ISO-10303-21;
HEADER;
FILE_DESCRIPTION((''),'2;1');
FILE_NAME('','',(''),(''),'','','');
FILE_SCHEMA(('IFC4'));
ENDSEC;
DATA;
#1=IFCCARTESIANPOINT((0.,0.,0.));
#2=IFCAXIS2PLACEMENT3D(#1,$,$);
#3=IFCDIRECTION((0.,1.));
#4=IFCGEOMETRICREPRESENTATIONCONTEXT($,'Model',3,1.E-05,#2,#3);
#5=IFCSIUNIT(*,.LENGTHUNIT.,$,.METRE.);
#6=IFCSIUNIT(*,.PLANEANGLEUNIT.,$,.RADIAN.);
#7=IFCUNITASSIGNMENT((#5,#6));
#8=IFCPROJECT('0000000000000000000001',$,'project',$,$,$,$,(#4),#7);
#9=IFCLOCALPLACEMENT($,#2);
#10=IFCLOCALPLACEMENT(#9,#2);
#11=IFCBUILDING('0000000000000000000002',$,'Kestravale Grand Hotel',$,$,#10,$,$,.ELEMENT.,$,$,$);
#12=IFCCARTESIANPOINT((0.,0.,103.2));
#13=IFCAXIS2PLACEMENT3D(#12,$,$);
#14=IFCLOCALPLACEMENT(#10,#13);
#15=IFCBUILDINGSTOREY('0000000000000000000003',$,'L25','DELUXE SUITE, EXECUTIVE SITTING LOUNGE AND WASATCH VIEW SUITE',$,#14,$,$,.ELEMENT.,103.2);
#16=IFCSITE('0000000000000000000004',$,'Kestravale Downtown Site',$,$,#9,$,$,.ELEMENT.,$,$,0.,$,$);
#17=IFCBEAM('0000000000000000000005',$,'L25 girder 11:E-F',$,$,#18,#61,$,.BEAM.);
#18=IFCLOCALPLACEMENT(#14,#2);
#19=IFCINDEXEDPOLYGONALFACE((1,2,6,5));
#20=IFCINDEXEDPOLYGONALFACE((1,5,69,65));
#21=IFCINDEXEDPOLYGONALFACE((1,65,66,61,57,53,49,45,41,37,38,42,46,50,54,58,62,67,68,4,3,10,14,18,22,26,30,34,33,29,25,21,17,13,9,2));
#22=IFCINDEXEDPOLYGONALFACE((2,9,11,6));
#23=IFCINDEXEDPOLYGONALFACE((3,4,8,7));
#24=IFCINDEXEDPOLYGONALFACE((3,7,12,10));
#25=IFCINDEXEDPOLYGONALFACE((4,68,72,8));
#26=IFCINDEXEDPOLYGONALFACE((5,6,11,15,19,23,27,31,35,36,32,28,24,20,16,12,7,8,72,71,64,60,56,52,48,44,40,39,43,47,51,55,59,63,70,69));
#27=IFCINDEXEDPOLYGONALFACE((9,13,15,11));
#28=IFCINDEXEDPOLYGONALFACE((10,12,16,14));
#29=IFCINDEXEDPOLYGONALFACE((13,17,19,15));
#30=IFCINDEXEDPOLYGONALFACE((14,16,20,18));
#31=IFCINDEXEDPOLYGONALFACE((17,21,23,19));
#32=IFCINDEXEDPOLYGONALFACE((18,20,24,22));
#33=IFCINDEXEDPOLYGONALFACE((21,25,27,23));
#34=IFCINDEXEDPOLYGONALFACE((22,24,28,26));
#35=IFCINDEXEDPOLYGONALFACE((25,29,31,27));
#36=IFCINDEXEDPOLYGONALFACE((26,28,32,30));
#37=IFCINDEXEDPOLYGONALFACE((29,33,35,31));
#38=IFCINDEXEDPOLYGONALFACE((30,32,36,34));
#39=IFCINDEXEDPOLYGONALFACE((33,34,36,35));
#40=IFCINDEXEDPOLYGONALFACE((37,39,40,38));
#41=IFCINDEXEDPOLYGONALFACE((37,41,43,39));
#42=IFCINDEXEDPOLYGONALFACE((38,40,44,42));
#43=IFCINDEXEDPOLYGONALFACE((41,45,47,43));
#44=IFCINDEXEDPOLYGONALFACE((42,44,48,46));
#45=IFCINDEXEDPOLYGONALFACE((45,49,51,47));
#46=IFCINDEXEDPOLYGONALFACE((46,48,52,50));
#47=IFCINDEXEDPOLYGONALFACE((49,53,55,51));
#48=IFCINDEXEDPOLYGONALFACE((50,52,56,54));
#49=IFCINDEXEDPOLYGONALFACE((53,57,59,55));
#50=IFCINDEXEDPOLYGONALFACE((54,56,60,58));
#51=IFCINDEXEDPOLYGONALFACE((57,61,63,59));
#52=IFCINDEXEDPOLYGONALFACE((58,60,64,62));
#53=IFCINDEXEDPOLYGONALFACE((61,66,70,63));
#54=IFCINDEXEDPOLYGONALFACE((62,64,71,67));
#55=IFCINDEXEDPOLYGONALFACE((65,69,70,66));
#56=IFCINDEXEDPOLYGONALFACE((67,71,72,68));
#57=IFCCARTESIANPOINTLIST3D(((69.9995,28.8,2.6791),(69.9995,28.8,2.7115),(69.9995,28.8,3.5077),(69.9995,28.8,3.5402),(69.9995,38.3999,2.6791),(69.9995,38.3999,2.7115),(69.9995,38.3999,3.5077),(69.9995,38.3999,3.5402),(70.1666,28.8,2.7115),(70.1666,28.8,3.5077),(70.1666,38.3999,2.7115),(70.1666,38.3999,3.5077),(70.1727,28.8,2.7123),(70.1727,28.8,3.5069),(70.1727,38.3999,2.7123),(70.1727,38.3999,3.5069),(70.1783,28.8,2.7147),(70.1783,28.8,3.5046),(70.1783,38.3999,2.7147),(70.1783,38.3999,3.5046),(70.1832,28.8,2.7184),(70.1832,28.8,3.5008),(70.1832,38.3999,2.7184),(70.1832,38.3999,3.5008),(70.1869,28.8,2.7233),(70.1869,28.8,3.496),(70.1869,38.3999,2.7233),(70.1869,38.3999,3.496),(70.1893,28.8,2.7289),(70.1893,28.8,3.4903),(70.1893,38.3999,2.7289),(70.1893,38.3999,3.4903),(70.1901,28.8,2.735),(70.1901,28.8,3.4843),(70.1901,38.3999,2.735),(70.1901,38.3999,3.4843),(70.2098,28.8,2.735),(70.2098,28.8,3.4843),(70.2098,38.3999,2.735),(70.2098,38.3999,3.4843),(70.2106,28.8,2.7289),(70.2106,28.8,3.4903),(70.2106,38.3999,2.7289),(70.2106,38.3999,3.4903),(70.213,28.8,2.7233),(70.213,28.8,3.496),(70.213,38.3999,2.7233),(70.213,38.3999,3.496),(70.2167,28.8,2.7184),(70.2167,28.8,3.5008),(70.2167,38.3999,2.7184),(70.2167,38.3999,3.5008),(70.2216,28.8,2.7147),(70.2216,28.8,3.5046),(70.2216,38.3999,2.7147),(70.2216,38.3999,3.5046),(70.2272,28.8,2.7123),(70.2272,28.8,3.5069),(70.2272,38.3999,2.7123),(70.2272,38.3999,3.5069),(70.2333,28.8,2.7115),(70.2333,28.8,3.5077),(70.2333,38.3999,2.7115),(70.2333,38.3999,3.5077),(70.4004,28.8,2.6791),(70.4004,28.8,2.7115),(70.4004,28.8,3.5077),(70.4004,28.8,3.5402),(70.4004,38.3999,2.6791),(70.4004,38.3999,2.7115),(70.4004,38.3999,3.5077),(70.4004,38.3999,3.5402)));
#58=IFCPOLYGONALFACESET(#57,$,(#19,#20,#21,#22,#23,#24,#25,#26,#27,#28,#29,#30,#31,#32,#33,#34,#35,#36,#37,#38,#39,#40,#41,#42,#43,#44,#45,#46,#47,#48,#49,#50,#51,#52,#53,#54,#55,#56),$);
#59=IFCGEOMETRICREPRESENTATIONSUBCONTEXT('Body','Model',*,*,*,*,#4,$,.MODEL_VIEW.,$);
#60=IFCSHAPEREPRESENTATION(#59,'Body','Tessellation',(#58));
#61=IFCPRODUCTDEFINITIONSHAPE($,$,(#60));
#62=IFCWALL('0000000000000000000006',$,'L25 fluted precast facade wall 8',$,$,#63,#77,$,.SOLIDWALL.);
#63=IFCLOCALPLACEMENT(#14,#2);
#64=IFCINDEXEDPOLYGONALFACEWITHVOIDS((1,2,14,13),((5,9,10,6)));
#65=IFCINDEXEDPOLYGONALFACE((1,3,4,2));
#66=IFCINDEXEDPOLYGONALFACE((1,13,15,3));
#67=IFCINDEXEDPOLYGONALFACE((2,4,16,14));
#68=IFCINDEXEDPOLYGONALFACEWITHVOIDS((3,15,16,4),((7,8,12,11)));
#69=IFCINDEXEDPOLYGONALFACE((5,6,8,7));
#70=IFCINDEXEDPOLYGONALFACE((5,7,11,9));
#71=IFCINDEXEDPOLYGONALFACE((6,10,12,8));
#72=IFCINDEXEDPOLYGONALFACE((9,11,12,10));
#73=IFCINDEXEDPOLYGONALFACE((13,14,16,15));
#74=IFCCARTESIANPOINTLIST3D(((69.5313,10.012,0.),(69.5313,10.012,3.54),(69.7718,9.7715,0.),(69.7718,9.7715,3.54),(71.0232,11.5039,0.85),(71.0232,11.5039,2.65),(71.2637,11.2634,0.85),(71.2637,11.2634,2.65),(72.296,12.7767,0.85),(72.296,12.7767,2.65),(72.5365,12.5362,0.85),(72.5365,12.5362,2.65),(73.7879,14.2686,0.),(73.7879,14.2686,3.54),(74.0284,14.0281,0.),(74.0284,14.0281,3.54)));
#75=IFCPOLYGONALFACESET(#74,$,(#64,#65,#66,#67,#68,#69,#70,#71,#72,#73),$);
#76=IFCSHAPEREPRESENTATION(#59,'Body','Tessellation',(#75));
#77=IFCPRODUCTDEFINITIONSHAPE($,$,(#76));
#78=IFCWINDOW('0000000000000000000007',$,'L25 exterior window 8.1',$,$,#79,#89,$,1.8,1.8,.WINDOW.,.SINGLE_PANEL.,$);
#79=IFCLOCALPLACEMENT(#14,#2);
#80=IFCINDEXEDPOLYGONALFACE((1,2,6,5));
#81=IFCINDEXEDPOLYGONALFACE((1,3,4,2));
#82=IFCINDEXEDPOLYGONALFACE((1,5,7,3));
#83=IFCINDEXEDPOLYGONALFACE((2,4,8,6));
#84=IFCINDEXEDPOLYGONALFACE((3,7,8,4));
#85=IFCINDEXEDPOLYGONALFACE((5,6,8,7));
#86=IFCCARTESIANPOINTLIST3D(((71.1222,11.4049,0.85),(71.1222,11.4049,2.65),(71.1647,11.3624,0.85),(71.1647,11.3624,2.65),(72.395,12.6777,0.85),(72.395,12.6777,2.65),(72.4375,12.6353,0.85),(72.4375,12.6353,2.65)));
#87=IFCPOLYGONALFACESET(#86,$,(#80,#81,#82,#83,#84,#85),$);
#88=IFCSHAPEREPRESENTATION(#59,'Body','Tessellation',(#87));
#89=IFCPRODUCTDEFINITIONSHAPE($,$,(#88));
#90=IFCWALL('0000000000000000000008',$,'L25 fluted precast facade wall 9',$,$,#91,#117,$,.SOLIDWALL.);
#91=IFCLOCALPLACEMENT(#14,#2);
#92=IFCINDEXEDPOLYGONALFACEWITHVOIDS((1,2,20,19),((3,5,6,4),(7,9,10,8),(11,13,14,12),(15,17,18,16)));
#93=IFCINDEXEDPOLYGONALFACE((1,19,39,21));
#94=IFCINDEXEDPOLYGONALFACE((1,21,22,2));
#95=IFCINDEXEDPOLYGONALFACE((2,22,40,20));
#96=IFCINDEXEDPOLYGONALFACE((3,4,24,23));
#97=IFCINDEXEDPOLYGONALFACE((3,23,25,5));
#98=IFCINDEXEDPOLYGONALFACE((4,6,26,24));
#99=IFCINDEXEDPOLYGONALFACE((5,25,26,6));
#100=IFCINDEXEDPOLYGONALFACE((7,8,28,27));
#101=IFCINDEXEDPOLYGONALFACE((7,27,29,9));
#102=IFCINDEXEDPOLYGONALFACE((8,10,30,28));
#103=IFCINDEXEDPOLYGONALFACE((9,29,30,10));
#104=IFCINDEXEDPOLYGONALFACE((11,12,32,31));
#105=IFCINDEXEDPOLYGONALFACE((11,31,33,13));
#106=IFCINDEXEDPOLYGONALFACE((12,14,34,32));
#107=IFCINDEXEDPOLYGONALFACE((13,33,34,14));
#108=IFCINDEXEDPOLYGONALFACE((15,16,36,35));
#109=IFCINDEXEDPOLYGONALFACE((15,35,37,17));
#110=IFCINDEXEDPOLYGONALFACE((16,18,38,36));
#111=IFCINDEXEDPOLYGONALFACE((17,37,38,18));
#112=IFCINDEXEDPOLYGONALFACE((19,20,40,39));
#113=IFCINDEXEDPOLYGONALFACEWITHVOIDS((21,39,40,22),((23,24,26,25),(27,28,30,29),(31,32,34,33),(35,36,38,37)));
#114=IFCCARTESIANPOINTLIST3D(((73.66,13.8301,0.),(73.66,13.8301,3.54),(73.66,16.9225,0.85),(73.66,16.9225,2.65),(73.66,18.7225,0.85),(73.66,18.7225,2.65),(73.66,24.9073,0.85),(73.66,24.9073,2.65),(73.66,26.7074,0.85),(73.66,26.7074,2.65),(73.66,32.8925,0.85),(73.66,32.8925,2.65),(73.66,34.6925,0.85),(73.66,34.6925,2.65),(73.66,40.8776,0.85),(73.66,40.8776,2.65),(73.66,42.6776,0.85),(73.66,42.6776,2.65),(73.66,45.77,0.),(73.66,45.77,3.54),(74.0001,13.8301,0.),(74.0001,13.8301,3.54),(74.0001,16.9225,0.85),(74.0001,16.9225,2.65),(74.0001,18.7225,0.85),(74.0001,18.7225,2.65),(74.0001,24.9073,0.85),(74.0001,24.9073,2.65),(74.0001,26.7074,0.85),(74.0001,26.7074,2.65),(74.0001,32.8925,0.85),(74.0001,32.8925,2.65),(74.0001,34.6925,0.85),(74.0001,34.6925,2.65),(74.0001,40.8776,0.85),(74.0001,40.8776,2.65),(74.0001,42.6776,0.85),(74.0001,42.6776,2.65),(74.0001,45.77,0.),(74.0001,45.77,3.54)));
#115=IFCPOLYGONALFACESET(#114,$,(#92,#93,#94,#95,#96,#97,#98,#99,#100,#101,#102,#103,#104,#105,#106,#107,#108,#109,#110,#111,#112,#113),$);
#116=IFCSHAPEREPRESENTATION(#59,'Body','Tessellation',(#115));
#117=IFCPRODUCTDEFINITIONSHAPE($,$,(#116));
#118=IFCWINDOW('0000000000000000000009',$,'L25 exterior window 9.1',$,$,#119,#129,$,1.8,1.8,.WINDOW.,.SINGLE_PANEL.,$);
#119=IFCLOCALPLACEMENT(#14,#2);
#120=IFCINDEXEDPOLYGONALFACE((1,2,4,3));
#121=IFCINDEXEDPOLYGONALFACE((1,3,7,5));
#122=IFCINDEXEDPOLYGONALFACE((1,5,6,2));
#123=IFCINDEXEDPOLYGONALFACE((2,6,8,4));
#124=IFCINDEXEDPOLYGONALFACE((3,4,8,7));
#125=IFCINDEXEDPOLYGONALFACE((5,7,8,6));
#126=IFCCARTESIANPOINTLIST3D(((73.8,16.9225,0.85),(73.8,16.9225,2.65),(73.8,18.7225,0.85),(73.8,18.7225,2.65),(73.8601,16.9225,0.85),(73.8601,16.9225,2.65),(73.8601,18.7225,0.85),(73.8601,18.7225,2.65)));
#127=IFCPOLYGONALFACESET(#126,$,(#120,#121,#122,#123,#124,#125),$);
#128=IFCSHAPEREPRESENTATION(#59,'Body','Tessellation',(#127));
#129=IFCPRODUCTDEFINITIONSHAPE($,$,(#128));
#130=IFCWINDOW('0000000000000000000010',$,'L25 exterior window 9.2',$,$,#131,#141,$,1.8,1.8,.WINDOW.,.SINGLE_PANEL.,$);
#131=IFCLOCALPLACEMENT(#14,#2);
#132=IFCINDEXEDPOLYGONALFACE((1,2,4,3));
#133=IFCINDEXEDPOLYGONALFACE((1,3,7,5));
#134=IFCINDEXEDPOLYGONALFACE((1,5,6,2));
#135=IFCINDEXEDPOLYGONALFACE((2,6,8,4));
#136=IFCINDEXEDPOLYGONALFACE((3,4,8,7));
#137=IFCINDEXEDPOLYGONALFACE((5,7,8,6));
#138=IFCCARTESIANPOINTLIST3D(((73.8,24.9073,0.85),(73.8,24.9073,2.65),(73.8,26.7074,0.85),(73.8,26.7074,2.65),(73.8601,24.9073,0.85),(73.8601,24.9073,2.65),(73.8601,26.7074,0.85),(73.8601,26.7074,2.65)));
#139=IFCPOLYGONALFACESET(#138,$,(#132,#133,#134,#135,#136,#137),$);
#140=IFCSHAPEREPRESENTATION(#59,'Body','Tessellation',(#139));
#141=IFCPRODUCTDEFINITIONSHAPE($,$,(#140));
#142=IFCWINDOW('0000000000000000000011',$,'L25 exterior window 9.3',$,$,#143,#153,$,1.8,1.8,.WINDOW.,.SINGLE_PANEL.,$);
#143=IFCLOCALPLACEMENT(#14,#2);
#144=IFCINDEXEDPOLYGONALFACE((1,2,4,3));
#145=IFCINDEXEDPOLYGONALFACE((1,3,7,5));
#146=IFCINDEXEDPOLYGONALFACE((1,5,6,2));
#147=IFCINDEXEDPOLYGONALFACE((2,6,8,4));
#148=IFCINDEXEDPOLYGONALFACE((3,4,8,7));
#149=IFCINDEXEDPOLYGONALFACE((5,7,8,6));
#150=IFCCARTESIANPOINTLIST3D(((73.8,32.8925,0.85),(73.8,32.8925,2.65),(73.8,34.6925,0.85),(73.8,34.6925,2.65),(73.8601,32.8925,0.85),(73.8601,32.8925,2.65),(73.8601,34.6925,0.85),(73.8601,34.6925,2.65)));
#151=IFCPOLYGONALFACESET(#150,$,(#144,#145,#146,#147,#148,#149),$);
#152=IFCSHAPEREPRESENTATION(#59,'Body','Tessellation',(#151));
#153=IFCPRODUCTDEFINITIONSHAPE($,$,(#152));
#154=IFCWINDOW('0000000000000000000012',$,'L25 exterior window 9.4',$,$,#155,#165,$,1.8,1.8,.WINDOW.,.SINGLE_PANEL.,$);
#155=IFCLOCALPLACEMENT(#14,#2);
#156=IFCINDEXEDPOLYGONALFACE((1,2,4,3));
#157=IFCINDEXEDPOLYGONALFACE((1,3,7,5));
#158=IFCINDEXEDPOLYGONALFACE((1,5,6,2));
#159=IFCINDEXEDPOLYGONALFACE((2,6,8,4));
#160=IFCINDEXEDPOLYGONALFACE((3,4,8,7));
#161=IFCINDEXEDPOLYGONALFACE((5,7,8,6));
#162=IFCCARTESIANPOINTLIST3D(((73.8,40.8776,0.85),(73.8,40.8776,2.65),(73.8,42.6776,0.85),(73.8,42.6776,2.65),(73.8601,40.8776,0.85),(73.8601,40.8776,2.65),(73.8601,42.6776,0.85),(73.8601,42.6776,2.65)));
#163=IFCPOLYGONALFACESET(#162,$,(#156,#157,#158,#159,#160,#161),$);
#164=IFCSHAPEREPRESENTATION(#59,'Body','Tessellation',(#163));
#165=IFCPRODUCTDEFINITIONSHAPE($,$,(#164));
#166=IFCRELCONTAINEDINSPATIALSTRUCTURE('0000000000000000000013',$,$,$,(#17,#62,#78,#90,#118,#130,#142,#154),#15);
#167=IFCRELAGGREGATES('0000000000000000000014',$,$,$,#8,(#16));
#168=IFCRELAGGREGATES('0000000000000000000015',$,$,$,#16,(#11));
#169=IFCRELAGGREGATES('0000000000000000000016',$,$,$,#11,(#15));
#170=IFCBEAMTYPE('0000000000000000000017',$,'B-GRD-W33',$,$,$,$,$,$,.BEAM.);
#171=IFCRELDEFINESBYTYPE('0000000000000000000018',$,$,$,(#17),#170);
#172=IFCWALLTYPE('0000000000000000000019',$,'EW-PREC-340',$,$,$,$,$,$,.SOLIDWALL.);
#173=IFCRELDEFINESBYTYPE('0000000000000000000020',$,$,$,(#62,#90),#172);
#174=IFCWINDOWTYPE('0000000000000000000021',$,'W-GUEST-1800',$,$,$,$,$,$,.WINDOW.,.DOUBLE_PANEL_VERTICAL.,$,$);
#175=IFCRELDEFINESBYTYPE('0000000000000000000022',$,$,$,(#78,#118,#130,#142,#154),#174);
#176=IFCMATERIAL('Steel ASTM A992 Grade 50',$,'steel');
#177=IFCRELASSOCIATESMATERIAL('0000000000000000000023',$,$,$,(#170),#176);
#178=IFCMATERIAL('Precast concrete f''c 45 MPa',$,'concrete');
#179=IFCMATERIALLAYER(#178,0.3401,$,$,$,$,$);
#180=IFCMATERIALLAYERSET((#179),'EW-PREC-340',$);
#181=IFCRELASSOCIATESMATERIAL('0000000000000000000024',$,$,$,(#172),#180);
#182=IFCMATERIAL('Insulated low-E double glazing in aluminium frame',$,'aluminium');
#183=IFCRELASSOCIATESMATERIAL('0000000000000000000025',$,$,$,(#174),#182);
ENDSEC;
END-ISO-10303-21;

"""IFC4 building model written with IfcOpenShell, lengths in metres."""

from ifc_helpers import new_model, si_unit, direction, frame, frame_2d, origin, origin_2d, place, context, subcontext, project, spatial, rectangle, i_section, extrude, material, layer, layer_set, material_profile, profile_set, type_object, element, fill, save


model = new_model("IFC4")

# Units and contexts
model_context = context("Model", 3, precision=1e-05, world=origin(), true_north=direction((0.0, 1.0)))
body_context = subcontext(model_context, "Body", "Model", "MODEL_VIEW")
ifc_project = project(units=[si_unit("LENGTHUNIT", "METRE"), si_unit("PLANEANGLEUNIT", "RADIAN")], contexts=[model_context])

# Site, building, storey
site_placement = place(None, origin())
site = spatial("IfcSite", under=ifc_project, at=site_placement, Name="Kestravale Downtown Site", CompositionType="ELEMENT", RefElevation=0.0)
building_placement = place(site_placement, origin())
building = spatial("IfcBuilding", under=site, at=building_placement, Name="Kestravale Grand Hotel", CompositionType="ELEMENT")
storey_placement = place(building_placement, frame((0.0, 0.0, 103.2)))
storey = spatial("IfcBuildingStorey", under=building, at=storey_placement, Name="L25", Description="DELUXE SUITE, EXECUTIVE SITTING LOUNGE AND WASATCH VIEW SUITE", CompositionType="ELEMENT", Elevation=103.2)

# Beam
ifc_material_1 = material(Name="Steel ASTM A992 Grade 50", Category="steel")
ifc_material_profile_1 = material_profile(ifc_material_1, i_section(OverallWidth=0.4009, OverallDepth=0.8611, WebThickness=0.0198, FlangeThickness=0.0325, FilletRadius=0.0234, at=origin_2d()))
ifc_profile_set_1 = profile_set([ifc_material_profile_1], Name="Steel ASTM A992 Grade 50")
beam_type_1 = type_object("IfcBeamType", Name="B-GRD-W33", PredefinedType="BEAM", material=ifc_profile_set_1)
beam_1_placement = place(storey_placement, frame((70.2, 28.8, 3.1096), z_axis=(0.0, 1.0, 0.0), x_axis=(-1.0, 0.0, 0.0)))
element("IfcBeam", 1, at=beam_1_placement, inside=storey, type_object=beam_type_1, Name="L25 girder 11:E-F", PredefinedType="BEAM", context=body_context, shape_type="SweptSolid", body=[
    extrude(i_section(OverallWidth=0.4009, OverallDepth=0.8611, WebThickness=0.0198, FlangeThickness=0.0325, FilletRadius=0.0234, at=origin_2d()), origin(), (0.0, 0.0, 1.0), 9.5999),
])

# Wall, opening, window
ifc_material_2 = material(Name="Precast concrete f'c 45 MPa", Category="concrete")
ifc_layer_1 = layer(ifc_material_2, 0.3401)
ifc_layer_set_1 = layer_set([ifc_layer_1], Name="EW-PREC-340")
wall_type_1 = type_object("IfcWallType", Name="EW-PREC-340", PredefinedType="SOLIDWALL", material=ifc_layer_set_1)
wall_1_placement = place(storey_placement, frame((69.6516, 9.8918, 0.0), z_axis=(0.0, 0.0, 1.0), x_axis=(0.707107, 0.707107, 0.0)))
wall_1 = element("IfcWall", 2, at=wall_1_placement, inside=storey, type_object=wall_type_1, Name="L25 fluted precast facade wall 8", PredefinedType="SOLIDWALL", context=body_context, shape_type="SweptSolid", body=[
    extrude(rectangle(XDim=6.0198, YDim=0.3401, at=frame_2d((3.0098, 0.0))), origin(), (0.0, 0.0, 1.0), 3.54),
])
opening_1_placement = place(wall_1_placement, frame((2.1099, 0.0, 0.8501)))
opening_1 = element("IfcOpeningElement", 3, at=opening_1_placement, cuts=wall_1, PredefinedType="OPENING", context=body_context, shape_type="SweptSolid", body=[
    extrude(rectangle(XDim=1.8, YDim=1.8, at=frame_2d((0.8999, 0.8999))), frame((0.0, 0.1799, 0.0), z_axis=(0.0, -1.0, 0.0), x_axis=(1.0, 0.0, 0.0)), (0.0, 0.0, 1.0), 0.3601),
])
ifc_material_3 = material(Name="Insulated low-E double glazing in aluminium frame", Category="aluminium")
window_type = type_object("IfcWindowType", Name="W-GUEST-1800", PartitioningType="DOUBLE_PANEL_VERTICAL", PredefinedType="WINDOW", material=ifc_material_3)
window_1_placement = place(opening_1_placement, origin())
window_1 = element("IfcWindow", 4, at=window_1_placement, inside=storey, type_object=window_type, Name="L25 exterior window 8.1", OverallHeight=1.8, OverallWidth=1.8, PartitioningType="SINGLE_PANEL", PredefinedType="WINDOW", context=body_context, shape_type="SweptSolid", body=[
    extrude(rectangle(XDim=1.8, YDim=1.8, at=frame_2d((0.8999, 0.8999))), frame((0.0, 0.03, 0.0), z_axis=(0.0, -1.0, 0.0), x_axis=(1.0, 0.0, 0.0)), (0.0, 0.0, 1.0), 0.0601),
])
fill(opening_1, window_1)

# Wall, openings, windows
wall_2_placement = place(storey_placement, frame((73.8301, 13.8301, 0.0), z_axis=(0.0, 0.0, 1.0), x_axis=(0.0, 1.0, 0.0)))
wall_2 = element("IfcWall", 5, at=wall_2_placement, inside=storey, type_object=wall_type_1, Name="L25 fluted precast facade wall 9", PredefinedType="SOLIDWALL", context=body_context, shape_type="SweptSolid", body=[
    extrude(rectangle(XDim=31.9399, YDim=0.3401, at=frame_2d((15.97, 0.0))), origin(), (0.0, 0.0, 1.0), 3.54),
])
opening_2_placement = place(wall_2_placement, frame((3.0925, 0.0, 0.8501)))
opening_2 = element("IfcOpeningElement", 6, at=opening_2_placement, cuts=wall_2, PredefinedType="OPENING", context=body_context, shape_type="SweptSolid", body=[
    extrude(rectangle(XDim=1.8, YDim=1.8, at=frame_2d((0.8999, 0.8999))), frame((0.0, 0.1799, 0.0), z_axis=(0.0, -1.0, 0.0), x_axis=(1.0, 0.0, 0.0)), (0.0, 0.0, 1.0), 0.3601),
])
opening_3_placement = place(wall_2_placement, frame((11.0774, 0.0, 0.8501)))
opening_3 = element("IfcOpeningElement", 7, at=opening_3_placement, cuts=wall_2, PredefinedType="OPENING", context=body_context, shape_type="SweptSolid", body=[
    extrude(rectangle(XDim=1.8, YDim=1.8, at=frame_2d((0.8999, 0.8999))), frame((0.0, 0.1799, 0.0), z_axis=(0.0, -1.0, 0.0), x_axis=(1.0, 0.0, 0.0)), (0.0, 0.0, 1.0), 0.3601),
])
opening_4_placement = place(wall_2_placement, frame((19.0625, 0.0, 0.8501)))
opening_4 = element("IfcOpeningElement", 8, at=opening_4_placement, cuts=wall_2, PredefinedType="OPENING", context=body_context, shape_type="SweptSolid", body=[
    extrude(rectangle(XDim=1.8, YDim=1.8, at=frame_2d((0.8999, 0.8999))), frame((0.0, 0.1799, 0.0), z_axis=(0.0, -1.0, 0.0), x_axis=(1.0, 0.0, 0.0)), (0.0, 0.0, 1.0), 0.3601),
])
opening_5_placement = place(wall_2_placement, frame((27.0476, 0.0, 0.8501)))
opening_5 = element("IfcOpeningElement", 9, at=opening_5_placement, cuts=wall_2, PredefinedType="OPENING", context=body_context, shape_type="SweptSolid", body=[
    extrude(rectangle(XDim=1.8, YDim=1.8, at=frame_2d((0.8999, 0.8999))), frame((0.0, 0.1799, 0.0), z_axis=(0.0, -1.0, 0.0), x_axis=(1.0, 0.0, 0.0)), (0.0, 0.0, 1.0), 0.3601),
])
window_2_placement = place(opening_2_placement, origin())
window_2 = element("IfcWindow", 10, at=window_2_placement, inside=storey, type_object=window_type, Name="L25 exterior window 9.1", OverallHeight=1.8, OverallWidth=1.8, PartitioningType="SINGLE_PANEL", PredefinedType="WINDOW", context=body_context, shape_type="SweptSolid", body=[
    extrude(rectangle(XDim=1.8, YDim=1.8, at=frame_2d((0.8999, 0.8999))), frame((0.0, 0.03, 0.0), z_axis=(0.0, -1.0, 0.0), x_axis=(1.0, 0.0, 0.0)), (0.0, 0.0, 1.0), 0.0601),
])
fill(opening_2, window_2)
window_3_placement = place(opening_3_placement, origin())
window_3 = element("IfcWindow", 11, at=window_3_placement, inside=storey, type_object=window_type, Name="L25 exterior window 9.2", OverallHeight=1.8, OverallWidth=1.8, PartitioningType="SINGLE_PANEL", PredefinedType="WINDOW", context=body_context, shape_type="SweptSolid", body=[
    extrude(rectangle(XDim=1.8, YDim=1.8, at=frame_2d((0.8999, 0.8999))), frame((0.0, 0.03, 0.0), z_axis=(0.0, -1.0, 0.0), x_axis=(1.0, 0.0, 0.0)), (0.0, 0.0, 1.0), 0.0601),
])
fill(opening_3, window_3)
window_4_placement = place(opening_4_placement, origin())
window_4 = element("IfcWindow", 12, at=window_4_placement, inside=storey, type_object=window_type, Name="L25 exterior window 9.3", OverallHeight=1.8, OverallWidth=1.8, PartitioningType="SINGLE_PANEL", PredefinedType="WINDOW", context=body_context, shape_type="SweptSolid", body=[
    extrude(rectangle(XDim=1.8, YDim=1.8, at=frame_2d((0.8999, 0.8999))), frame((0.0, 0.03, 0.0), z_axis=(0.0, -1.0, 0.0), x_axis=(1.0, 0.0, 0.0)), (0.0, 0.0, 1.0), 0.0601),
])
fill(opening_4, window_4)
window_5_placement = place(opening_5_placement, origin())
window_5 = element("IfcWindow", 13, at=window_5_placement, inside=storey, type_object=window_type, Name="L25 exterior window 9.4", OverallHeight=1.8, OverallWidth=1.8, PartitioningType="SINGLE_PANEL", PredefinedType="WINDOW", context=body_context, shape_type="SweptSolid", body=[
    extrude(rectangle(XDim=1.8, YDim=1.8, at=frame_2d((0.8999, 0.8999))), frame((0.0, 0.03, 0.0), z_axis=(0.0, -1.0, 0.0), x_axis=(1.0, 0.0, 0.0)), (0.0, 0.0, 1.0), 0.0601),
])
fill(opening_5, window_5)

save(model, "model.ifc")
